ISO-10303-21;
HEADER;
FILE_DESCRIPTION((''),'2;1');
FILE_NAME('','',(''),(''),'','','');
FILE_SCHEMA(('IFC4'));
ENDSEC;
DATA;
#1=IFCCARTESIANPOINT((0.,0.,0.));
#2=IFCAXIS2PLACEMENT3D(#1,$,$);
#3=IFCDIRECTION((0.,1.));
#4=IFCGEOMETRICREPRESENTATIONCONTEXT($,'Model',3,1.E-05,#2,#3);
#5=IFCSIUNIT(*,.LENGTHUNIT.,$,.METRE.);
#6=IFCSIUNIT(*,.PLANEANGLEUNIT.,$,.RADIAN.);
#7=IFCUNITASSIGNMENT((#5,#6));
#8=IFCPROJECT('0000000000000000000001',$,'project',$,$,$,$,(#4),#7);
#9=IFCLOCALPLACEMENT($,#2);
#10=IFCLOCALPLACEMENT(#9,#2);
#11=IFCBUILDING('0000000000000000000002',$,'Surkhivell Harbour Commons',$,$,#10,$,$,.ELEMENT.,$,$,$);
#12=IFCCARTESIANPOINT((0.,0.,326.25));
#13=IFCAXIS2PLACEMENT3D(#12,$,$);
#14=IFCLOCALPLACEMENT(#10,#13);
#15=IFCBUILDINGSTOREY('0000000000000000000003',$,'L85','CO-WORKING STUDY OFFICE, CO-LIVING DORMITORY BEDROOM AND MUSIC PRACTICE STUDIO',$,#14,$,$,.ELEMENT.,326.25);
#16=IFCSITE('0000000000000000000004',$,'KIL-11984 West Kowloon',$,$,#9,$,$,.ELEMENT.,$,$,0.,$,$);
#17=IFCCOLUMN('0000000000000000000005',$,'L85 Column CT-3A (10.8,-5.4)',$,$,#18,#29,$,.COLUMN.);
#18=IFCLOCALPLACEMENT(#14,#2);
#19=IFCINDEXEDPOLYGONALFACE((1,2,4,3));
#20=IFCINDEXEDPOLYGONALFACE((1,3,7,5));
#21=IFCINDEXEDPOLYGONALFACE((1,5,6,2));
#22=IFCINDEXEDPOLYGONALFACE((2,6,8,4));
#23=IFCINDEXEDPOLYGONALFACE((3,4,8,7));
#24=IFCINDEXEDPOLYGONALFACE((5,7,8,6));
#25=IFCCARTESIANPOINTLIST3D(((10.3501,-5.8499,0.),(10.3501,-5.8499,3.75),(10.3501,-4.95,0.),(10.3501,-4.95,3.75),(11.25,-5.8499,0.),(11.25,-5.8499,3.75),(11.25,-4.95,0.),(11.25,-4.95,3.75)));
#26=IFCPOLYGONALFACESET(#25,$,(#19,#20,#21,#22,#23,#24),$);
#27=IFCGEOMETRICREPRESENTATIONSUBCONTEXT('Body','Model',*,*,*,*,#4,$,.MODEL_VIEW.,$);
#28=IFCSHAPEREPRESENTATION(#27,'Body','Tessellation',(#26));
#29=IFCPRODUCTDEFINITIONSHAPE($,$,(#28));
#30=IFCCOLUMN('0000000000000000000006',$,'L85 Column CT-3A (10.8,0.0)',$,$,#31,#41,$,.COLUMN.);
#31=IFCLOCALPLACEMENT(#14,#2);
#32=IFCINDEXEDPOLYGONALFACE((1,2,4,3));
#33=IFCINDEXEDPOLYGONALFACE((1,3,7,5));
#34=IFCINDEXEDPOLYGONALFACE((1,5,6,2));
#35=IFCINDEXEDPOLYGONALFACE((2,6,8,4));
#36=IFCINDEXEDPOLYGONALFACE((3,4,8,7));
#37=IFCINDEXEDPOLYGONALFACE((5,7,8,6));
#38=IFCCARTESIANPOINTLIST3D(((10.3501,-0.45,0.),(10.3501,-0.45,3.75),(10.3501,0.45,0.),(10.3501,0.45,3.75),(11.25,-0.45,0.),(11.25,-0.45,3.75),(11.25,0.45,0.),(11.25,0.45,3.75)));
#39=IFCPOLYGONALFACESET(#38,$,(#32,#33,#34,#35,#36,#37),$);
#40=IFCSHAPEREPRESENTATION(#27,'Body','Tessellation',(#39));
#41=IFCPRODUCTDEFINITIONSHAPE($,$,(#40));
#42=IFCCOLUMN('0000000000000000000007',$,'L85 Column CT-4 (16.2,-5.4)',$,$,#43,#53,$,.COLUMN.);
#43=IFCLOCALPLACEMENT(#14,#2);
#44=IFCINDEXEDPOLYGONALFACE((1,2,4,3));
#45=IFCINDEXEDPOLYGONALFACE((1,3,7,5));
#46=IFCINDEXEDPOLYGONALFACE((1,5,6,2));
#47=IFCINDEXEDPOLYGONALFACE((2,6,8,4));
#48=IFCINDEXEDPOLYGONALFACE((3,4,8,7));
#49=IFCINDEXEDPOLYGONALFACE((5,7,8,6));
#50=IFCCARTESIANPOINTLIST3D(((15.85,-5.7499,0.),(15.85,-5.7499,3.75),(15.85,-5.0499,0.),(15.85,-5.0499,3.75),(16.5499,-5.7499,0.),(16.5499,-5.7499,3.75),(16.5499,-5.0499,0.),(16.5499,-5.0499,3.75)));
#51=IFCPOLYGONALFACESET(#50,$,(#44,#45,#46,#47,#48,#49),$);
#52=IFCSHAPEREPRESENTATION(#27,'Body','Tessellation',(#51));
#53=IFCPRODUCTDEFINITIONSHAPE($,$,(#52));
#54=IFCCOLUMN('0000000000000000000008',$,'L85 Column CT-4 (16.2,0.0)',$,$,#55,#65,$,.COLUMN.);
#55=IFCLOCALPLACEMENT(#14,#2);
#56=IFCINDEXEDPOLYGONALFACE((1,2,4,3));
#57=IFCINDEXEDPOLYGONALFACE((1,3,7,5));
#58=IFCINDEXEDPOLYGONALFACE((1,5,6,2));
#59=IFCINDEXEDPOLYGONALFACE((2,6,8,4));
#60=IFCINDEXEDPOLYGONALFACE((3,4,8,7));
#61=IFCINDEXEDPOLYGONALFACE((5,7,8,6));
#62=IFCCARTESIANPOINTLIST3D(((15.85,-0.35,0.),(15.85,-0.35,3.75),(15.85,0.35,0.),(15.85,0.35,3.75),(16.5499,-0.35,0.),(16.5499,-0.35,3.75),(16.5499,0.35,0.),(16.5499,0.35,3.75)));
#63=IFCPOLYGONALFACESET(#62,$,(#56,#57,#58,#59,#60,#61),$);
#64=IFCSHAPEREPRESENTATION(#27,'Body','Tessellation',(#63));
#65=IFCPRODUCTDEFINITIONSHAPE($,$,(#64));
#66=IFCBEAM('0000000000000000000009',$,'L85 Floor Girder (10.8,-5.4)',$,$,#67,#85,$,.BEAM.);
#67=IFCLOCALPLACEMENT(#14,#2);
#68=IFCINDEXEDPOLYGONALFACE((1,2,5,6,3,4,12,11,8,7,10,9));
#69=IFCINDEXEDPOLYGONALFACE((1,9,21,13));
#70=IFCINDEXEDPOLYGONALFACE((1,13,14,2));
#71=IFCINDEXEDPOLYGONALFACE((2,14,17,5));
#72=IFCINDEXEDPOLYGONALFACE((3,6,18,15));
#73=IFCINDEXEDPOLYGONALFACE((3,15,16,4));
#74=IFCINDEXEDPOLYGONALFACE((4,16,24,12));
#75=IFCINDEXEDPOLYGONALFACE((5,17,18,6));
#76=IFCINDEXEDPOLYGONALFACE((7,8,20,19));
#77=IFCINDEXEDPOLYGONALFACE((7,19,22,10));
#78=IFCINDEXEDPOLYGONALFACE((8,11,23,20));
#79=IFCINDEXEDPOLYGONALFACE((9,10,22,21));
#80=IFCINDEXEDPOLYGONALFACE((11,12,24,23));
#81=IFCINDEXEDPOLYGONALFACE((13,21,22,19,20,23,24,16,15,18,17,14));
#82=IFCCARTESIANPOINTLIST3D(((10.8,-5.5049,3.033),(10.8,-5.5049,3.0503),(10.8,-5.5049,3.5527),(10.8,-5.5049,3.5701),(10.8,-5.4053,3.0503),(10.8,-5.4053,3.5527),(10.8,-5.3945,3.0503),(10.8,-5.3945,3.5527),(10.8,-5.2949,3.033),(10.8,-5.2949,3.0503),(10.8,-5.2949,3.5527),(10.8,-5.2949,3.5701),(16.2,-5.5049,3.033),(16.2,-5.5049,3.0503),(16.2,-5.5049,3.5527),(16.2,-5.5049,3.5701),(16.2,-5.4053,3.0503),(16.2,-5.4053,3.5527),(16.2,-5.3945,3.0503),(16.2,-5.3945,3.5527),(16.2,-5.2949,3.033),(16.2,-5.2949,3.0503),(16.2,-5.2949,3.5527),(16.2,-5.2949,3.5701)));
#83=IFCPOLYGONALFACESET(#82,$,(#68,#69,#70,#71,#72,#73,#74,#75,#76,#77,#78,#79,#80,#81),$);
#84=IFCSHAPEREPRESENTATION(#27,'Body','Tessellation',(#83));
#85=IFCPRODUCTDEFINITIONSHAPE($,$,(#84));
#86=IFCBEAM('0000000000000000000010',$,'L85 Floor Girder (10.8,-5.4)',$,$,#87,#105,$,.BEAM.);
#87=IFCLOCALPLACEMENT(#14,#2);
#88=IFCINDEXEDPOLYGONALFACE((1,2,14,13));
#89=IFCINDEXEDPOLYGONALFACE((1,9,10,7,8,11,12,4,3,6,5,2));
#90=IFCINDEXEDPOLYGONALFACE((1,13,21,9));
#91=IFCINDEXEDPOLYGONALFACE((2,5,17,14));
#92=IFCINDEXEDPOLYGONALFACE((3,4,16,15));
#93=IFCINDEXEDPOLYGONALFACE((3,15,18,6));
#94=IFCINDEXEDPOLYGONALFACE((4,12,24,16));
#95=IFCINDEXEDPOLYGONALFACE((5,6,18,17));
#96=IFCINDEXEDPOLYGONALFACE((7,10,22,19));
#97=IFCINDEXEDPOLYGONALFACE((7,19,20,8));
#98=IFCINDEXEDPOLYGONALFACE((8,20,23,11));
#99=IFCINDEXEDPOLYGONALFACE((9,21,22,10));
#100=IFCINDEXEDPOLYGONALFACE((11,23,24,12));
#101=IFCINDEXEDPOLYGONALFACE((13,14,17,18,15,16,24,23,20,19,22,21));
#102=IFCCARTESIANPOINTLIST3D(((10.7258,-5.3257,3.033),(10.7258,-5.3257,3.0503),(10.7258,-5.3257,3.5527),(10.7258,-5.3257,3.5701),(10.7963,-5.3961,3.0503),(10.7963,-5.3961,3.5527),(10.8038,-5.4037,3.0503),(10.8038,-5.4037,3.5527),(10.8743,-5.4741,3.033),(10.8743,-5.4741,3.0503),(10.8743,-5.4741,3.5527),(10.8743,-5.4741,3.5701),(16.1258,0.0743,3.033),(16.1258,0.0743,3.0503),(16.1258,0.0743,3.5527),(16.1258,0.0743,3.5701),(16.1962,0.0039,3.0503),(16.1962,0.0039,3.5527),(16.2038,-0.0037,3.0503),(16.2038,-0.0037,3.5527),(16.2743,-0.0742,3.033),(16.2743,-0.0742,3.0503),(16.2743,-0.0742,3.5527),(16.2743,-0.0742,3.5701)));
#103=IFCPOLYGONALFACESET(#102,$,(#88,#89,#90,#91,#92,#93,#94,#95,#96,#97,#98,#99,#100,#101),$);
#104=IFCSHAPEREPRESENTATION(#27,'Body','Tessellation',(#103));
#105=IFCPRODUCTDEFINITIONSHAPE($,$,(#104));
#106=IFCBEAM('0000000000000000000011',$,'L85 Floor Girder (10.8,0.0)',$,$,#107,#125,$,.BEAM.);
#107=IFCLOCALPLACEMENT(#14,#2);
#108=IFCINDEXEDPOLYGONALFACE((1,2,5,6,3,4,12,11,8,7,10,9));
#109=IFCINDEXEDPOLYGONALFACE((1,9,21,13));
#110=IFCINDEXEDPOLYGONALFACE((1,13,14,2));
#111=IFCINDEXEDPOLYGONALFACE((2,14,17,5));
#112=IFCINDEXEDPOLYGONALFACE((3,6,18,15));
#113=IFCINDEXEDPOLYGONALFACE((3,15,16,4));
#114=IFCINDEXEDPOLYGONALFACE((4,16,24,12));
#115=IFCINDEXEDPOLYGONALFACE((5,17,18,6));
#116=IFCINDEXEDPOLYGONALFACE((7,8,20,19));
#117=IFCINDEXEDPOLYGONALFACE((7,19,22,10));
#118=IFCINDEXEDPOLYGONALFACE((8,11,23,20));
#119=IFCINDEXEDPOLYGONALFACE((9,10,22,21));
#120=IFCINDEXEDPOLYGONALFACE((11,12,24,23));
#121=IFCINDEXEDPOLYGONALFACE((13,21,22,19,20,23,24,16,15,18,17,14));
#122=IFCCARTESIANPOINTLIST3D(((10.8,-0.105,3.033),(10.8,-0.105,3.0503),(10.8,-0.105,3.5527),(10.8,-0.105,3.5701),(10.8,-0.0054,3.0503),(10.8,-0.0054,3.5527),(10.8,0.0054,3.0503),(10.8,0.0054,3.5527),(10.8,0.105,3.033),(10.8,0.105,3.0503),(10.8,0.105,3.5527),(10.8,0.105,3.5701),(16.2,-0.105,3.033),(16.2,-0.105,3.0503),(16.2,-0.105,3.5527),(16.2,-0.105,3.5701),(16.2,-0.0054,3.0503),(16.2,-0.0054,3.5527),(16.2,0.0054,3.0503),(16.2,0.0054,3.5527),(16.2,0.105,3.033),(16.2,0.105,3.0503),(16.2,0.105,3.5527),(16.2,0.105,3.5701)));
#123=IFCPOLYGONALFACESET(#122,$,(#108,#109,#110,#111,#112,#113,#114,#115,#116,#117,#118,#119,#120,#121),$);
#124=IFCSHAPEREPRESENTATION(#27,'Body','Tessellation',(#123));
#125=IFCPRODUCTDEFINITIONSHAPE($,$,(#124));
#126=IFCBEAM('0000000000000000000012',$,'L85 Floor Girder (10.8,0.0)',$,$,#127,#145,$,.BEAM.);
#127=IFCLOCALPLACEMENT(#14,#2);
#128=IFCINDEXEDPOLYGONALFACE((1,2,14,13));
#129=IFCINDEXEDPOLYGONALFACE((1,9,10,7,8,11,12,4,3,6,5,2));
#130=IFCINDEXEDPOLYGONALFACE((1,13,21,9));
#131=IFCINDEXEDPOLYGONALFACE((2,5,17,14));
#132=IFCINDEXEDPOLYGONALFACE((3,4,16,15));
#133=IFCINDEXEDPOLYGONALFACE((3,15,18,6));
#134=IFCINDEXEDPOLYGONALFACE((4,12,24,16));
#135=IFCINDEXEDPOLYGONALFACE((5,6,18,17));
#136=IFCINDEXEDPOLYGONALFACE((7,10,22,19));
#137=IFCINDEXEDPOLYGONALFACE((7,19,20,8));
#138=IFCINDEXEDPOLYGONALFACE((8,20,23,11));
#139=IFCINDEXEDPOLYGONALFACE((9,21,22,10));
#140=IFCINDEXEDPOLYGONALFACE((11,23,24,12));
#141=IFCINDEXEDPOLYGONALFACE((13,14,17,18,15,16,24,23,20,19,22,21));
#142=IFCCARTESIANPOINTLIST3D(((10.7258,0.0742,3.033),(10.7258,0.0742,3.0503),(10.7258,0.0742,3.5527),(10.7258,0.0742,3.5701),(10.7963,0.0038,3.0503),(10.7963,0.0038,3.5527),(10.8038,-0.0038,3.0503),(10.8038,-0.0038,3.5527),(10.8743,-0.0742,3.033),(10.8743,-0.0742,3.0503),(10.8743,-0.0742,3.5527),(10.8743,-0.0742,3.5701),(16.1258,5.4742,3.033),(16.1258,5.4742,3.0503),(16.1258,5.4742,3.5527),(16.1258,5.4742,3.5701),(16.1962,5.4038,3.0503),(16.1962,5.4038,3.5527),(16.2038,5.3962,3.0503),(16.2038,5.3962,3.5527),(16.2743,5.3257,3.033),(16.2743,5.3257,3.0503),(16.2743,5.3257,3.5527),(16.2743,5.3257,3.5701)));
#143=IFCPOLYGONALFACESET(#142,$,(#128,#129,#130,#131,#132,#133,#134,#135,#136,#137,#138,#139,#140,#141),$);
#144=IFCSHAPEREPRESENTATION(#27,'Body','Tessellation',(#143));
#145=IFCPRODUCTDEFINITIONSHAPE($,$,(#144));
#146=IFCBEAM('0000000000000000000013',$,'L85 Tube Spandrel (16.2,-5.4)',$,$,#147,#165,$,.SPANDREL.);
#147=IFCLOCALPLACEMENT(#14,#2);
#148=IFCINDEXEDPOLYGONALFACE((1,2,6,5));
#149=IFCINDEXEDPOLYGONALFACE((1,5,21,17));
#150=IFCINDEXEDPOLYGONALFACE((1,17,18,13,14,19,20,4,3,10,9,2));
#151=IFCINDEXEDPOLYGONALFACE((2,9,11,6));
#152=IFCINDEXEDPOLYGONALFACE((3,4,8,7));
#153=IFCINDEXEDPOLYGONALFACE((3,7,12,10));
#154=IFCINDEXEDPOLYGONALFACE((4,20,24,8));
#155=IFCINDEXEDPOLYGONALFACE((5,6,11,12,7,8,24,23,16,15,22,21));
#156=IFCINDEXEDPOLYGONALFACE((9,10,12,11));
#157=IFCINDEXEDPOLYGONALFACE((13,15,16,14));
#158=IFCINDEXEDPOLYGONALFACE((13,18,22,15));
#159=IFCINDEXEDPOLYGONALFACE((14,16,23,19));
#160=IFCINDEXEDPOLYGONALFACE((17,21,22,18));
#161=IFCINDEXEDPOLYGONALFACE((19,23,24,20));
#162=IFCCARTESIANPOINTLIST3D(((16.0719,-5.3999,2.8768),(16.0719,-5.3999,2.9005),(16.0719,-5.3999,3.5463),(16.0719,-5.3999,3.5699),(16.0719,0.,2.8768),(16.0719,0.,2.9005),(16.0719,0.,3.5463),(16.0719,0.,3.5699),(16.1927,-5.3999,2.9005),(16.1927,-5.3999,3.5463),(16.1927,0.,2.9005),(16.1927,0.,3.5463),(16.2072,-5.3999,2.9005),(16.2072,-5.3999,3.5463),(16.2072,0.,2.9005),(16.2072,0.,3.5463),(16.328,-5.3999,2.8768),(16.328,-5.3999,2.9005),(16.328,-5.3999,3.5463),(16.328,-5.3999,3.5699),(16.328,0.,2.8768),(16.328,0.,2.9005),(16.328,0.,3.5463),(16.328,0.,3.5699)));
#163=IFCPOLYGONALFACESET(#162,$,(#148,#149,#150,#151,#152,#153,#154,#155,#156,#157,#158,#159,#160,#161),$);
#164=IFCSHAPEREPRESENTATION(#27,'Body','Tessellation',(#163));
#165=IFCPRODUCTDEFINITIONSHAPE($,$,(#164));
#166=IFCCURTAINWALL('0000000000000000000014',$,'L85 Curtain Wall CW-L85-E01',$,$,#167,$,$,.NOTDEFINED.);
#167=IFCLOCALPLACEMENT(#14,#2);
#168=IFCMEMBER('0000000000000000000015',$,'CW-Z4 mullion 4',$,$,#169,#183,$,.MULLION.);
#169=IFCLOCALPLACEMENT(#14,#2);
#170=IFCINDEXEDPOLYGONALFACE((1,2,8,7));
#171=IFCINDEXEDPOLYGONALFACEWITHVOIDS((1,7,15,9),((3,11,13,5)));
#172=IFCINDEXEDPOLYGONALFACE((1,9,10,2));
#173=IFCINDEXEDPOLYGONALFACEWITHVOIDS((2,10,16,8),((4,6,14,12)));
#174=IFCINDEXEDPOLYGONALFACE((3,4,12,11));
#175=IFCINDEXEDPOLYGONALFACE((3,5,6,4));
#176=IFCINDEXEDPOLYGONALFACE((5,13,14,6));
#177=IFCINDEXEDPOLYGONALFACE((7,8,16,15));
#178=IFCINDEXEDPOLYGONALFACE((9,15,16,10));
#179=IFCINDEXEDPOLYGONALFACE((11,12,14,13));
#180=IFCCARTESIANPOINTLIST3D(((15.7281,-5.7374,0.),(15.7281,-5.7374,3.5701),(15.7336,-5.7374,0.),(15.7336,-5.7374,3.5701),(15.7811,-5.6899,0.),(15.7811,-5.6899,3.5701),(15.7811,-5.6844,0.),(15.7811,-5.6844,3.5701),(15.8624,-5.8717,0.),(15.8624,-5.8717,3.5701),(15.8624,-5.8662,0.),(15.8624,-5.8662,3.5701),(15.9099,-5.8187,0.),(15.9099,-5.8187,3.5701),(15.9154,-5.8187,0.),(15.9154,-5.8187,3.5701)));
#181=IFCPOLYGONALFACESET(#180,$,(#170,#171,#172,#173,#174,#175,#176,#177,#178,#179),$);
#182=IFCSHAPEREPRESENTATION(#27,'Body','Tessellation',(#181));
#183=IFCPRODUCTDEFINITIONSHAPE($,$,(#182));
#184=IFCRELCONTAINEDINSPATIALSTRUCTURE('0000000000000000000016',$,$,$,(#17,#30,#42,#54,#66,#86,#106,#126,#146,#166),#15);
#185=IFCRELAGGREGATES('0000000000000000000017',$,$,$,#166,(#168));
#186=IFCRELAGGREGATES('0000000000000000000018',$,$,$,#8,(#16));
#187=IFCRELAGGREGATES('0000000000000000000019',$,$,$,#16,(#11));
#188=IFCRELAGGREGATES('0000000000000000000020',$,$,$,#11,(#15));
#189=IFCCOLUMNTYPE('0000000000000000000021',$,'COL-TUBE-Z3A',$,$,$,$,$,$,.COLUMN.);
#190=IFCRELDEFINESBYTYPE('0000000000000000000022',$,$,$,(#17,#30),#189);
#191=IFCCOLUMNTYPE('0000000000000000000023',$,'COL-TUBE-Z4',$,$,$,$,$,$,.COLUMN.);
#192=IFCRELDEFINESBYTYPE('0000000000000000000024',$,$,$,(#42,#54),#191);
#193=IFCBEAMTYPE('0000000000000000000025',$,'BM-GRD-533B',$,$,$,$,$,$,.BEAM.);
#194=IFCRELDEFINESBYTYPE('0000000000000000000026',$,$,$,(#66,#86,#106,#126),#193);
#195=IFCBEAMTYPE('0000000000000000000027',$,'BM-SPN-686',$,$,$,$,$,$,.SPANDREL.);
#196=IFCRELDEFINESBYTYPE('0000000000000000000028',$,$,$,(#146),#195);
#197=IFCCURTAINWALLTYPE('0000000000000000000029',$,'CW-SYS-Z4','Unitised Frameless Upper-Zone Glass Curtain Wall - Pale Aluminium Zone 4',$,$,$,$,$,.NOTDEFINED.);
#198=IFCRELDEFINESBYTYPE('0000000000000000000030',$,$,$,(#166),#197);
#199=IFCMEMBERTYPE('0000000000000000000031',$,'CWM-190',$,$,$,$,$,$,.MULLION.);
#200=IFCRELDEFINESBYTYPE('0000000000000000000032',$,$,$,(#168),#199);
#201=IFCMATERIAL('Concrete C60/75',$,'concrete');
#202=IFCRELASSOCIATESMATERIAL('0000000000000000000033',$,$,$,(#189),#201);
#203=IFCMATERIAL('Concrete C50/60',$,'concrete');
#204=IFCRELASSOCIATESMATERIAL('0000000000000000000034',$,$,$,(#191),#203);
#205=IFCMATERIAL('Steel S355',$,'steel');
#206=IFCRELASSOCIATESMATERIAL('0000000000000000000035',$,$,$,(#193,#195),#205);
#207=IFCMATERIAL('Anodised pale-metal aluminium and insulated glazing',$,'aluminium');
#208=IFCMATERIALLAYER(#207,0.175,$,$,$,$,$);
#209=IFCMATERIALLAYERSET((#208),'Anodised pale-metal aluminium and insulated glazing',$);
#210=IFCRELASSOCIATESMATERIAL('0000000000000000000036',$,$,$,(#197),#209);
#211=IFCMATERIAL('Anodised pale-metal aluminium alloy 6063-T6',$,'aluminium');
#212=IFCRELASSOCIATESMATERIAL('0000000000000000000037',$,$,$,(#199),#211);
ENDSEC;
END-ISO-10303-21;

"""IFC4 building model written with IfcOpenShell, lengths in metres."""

from ifc_helpers import new_model, si_unit, direction, frame, origin, origin_2d, place, context, subcontext, project, spatial, rectangle, hollow_rectangle, i_section, extrude, material, layer, layer_set, material_profile, profile_set, type_object, element, aggregate, save


model = new_model("IFC4")

# Units and contexts
model_context = context("Model", 3, precision=1e-05, world=origin(), true_north=direction((0.0, 1.0)))
body_context = subcontext(model_context, "Body", "Model", "MODEL_VIEW")
ifc_project = project(units=[si_unit("LENGTHUNIT", "METRE"), si_unit("PLANEANGLEUNIT", "RADIAN")], contexts=[model_context])

# Site, building, storey
site_placement = place(None, origin())
site = spatial("IfcSite", under=ifc_project, at=site_placement, Name="KIL-11984 West Kowloon", CompositionType="ELEMENT", RefElevation=0.0)
building_placement = place(site_placement, origin())
building = spatial("IfcBuilding", under=site, at=building_placement, Name="Surkhivell Harbour Commons", CompositionType="ELEMENT")
storey_placement = place(building_placement, frame((0.0, 0.0, 326.25)))
storey = spatial("IfcBuildingStorey", under=building, at=storey_placement, Name="L85", Description="CO-WORKING STUDY OFFICE, CO-LIVING DORMITORY BEDROOM AND MUSIC PRACTICE STUDIO", CompositionType="ELEMENT", Elevation=326.25)

# Columns
ifc_material_1 = material(Name="Concrete C60/75", Category="concrete")
ifc_material_profile_1 = material_profile(ifc_material_1, rectangle(XDim=0.8999, YDim=0.8999, at=origin_2d()), Name="RC-COL-900x900")
ifc_profile_set_1 = profile_set([ifc_material_profile_1], Name="Concrete C60/75")
column_type_1 = type_object("IfcColumnType", Name="COL-TUBE-Z3A", PredefinedType="COLUMN", material=ifc_profile_set_1)
for number, where, z_axis, x_axis, name in (
    (1, (10.8, -5.3999, 0.0), (0.0, 0.0, 1.0), (1.0, 0.0, 0.0), "L85 Column CT-3A (10.8,-5.4)"),
    (2, (10.8, 0.0, 0.0), (0.0, 0.0, 1.0), (1.0, 0.0, 0.0), "L85 Column CT-3A (10.8,0.0)"),
):
    element("IfcColumn", number, at=place(storey_placement, frame(where, z_axis=z_axis, x_axis=x_axis)), inside=storey, type_object=column_type_1, Name=name, PredefinedType="COLUMN", context=body_context, shape_type="SweptSolid", body=[
        extrude(rectangle(XDim=0.8999, YDim=0.8999, at=origin_2d()), origin(), (0.0, 0.0, 1.0), 3.75),
    ])
ifc_material_2 = material(Name="Concrete C50/60", Category="concrete")
ifc_material_profile_2 = material_profile(ifc_material_2, rectangle(XDim=0.7, YDim=0.7, at=origin_2d()), Name="RC-COL-700x700")
ifc_profile_set_2 = profile_set([ifc_material_profile_2], Name="Concrete C50/60")
column_type_2 = type_object("IfcColumnType", Name="COL-TUBE-Z4", PredefinedType="COLUMN", material=ifc_profile_set_2)
for number, where, z_axis, x_axis, name in (
    (3, (16.2, -5.3999, 0.0), (0.0, 0.0, 1.0), (1.0, 0.0, 0.0), "L85 Column CT-4 (16.2,-5.4)"),
    (4, (16.2, 0.0, 0.0), (0.0, 0.0, 1.0), (1.0, 0.0, 0.0), "L85 Column CT-4 (16.2,0.0)"),
):
    element("IfcColumn", number, at=place(storey_placement, frame(where, z_axis=z_axis, x_axis=x_axis)), inside=storey, type_object=column_type_2, Name=name, PredefinedType="COLUMN", context=body_context, shape_type="SweptSolid", body=[
        extrude(rectangle(XDim=0.7, YDim=0.7, at=origin_2d()), origin(), (0.0, 0.0, 1.0), 3.75),
    ])

# Beams
ifc_material_3 = material(Name="Steel S355", Category="steel")
ifc_material_profile_3 = material_profile(ifc_material_3, i_section(OverallWidth=0.21, OverallDepth=0.5371, WebThickness=0.0107, FlangeThickness=0.0173, at=origin_2d()), Name="UB533x210x101")
ifc_profile_set_3 = profile_set([ifc_material_profile_3], Name="Steel S355")
beam_type_1 = type_object("IfcBeamType", Name="BM-GRD-533B", PredefinedType="BEAM", material=ifc_profile_set_3)
beam_1_placement = place(storey_placement, frame((10.8, -5.3999, 3.3015), z_axis=(1.0, 0.0, 0.0), x_axis=(0.0, 1.0, 0.0)))
element("IfcBeam", 5, at=beam_1_placement, inside=storey, type_object=beam_type_1, Name="L85 Floor Girder (10.8,-5.4)", PredefinedType="BEAM", context=body_context, shape_type="SweptSolid", body=[
    extrude(i_section(OverallWidth=0.21, OverallDepth=0.5371, WebThickness=0.0107, FlangeThickness=0.0173, at=origin_2d()), origin(), (0.0, 0.0, 1.0), 5.3999),
])
beam_2_placement = place(storey_placement, frame((10.8, -5.3999, 3.3015), z_axis=(0.707107, 0.707107, 0.0), x_axis=(-0.707107, 0.707107, 0.0)))
element("IfcBeam", 6, at=beam_2_placement, inside=storey, type_object=beam_type_1, Name="L85 Floor Girder (10.8,-5.4)", PredefinedType="BEAM", context=body_context, shape_type="SweptSolid", body=[
    extrude(i_section(OverallWidth=0.21, OverallDepth=0.5371, WebThickness=0.0107, FlangeThickness=0.0173, at=origin_2d()), origin(), (0.0, 0.0, 1.0), 7.6367),
])
beam_3_placement = place(storey_placement, frame((10.8, 0.0, 3.3015), z_axis=(1.0, 0.0, 0.0), x_axis=(0.0, 1.0, 0.0)))
element("IfcBeam", 7, at=beam_3_placement, inside=storey, type_object=beam_type_1, Name="L85 Floor Girder (10.8,0.0)", PredefinedType="BEAM", context=body_context, shape_type="SweptSolid", body=[
    extrude(i_section(OverallWidth=0.21, OverallDepth=0.5371, WebThickness=0.0107, FlangeThickness=0.0173, at=origin_2d()), origin(), (0.0, 0.0, 1.0), 5.3999),
])
beam_4_placement = place(storey_placement, frame((10.8, 0.0, 3.3015), z_axis=(0.707107, 0.707107, 0.0), x_axis=(-0.707107, 0.707107, 0.0)))
element("IfcBeam", 8, at=beam_4_placement, inside=storey, type_object=beam_type_1, Name="L85 Floor Girder (10.8,0.0)", PredefinedType="BEAM", context=body_context, shape_type="SweptSolid", body=[
    extrude(i_section(OverallWidth=0.21, OverallDepth=0.5371, WebThickness=0.0107, FlangeThickness=0.0173, at=origin_2d()), origin(), (0.0, 0.0, 1.0), 7.6367),
])
ifc_material_profile_4 = material_profile(ifc_material_3, i_section(OverallWidth=0.2561, OverallDepth=0.6931, WebThickness=0.0144, FlangeThickness=0.0237, at=origin_2d()), Name="UB686x254x170")
ifc_profile_set_4 = profile_set([ifc_material_profile_4], Name="Steel S355")
beam_type_2 = type_object("IfcBeamType", Name="BM-SPN-686", PredefinedType="SPANDREL", material=ifc_profile_set_4)
beam_5_placement = place(storey_placement, frame((16.2, -5.3999, 3.2234), z_axis=(0.0, 1.0, 0.0), x_axis=(-1.0, 0.0, 0.0)))
element("IfcBeam", 9, at=beam_5_placement, inside=storey, type_object=beam_type_2, Name="L85 Tube Spandrel (16.2,-5.4)", PredefinedType="SPANDREL", context=body_context, shape_type="SweptSolid", body=[
    extrude(i_section(OverallWidth=0.2561, OverallDepth=0.6931, WebThickness=0.0144, FlangeThickness=0.0237, at=origin_2d()), origin(), (0.0, 0.0, 1.0), 5.3999),
])

# Curtain wall, member
ifc_material_4 = material(Name="Anodised pale-metal aluminium and insulated glazing", Category="aluminium")
ifc_layer_1 = layer(ifc_material_4, 0.175)
ifc_layer_set_1 = layer_set([ifc_layer_1], Name="Anodised pale-metal aluminium and insulated glazing")
curtain_wall_type = type_object("IfcCurtainWallType", Name="CW-SYS-Z4", Description="Unitised Frameless Upper-Zone Glass Curtain Wall - Pale Aluminium Zone 4", PredefinedType="NOTDEFINED", material=ifc_layer_set_1)
curtain_wall_1_placement = place(storey_placement, origin())
curtain_wall_1 = element("IfcCurtainWall", 10, at=curtain_wall_1_placement, inside=storey, type_object=curtain_wall_type, Name="L85 Curtain Wall CW-L85-E01", PredefinedType="NOTDEFINED")
ifc_material_5 = material(Name="Anodised pale-metal aluminium alloy 6063-T6", Category="aluminium")
ifc_material_profile_5 = material_profile(ifc_material_5, hollow_rectangle(XDim=0.075, YDim=0.1899, WallThickness=0.0039, at=origin_2d()), Name="ALU-MULL-75x190")
ifc_profile_set_5 = profile_set([ifc_material_profile_5], Name="Anodised pale-metal aluminium alloy 6063-T6")
member_type_1 = type_object("IfcMemberType", Name="CWM-190", PredefinedType="MULLION", material=ifc_profile_set_5)
member_1_placement = place(storey_placement, frame((15.8218, -5.7781, 0.0), z_axis=(0.0, 0.0, 1.0), x_axis=(0.707107, 0.707107, 0.0)))
member_1 = element("IfcMember", 11, at=member_1_placement, type_object=member_type_1, Name="CW-Z4 mullion 4", PredefinedType="MULLION", context=body_context, shape_type="SweptSolid", body=[
    extrude(hollow_rectangle(XDim=0.075, YDim=0.1899, WallThickness=0.0039, at=origin_2d()), origin(), (0.0, 0.0, 1.0), 3.5701),
])
aggregate(curtain_wall_1, [member_1])

save(model, "model.ifc")
